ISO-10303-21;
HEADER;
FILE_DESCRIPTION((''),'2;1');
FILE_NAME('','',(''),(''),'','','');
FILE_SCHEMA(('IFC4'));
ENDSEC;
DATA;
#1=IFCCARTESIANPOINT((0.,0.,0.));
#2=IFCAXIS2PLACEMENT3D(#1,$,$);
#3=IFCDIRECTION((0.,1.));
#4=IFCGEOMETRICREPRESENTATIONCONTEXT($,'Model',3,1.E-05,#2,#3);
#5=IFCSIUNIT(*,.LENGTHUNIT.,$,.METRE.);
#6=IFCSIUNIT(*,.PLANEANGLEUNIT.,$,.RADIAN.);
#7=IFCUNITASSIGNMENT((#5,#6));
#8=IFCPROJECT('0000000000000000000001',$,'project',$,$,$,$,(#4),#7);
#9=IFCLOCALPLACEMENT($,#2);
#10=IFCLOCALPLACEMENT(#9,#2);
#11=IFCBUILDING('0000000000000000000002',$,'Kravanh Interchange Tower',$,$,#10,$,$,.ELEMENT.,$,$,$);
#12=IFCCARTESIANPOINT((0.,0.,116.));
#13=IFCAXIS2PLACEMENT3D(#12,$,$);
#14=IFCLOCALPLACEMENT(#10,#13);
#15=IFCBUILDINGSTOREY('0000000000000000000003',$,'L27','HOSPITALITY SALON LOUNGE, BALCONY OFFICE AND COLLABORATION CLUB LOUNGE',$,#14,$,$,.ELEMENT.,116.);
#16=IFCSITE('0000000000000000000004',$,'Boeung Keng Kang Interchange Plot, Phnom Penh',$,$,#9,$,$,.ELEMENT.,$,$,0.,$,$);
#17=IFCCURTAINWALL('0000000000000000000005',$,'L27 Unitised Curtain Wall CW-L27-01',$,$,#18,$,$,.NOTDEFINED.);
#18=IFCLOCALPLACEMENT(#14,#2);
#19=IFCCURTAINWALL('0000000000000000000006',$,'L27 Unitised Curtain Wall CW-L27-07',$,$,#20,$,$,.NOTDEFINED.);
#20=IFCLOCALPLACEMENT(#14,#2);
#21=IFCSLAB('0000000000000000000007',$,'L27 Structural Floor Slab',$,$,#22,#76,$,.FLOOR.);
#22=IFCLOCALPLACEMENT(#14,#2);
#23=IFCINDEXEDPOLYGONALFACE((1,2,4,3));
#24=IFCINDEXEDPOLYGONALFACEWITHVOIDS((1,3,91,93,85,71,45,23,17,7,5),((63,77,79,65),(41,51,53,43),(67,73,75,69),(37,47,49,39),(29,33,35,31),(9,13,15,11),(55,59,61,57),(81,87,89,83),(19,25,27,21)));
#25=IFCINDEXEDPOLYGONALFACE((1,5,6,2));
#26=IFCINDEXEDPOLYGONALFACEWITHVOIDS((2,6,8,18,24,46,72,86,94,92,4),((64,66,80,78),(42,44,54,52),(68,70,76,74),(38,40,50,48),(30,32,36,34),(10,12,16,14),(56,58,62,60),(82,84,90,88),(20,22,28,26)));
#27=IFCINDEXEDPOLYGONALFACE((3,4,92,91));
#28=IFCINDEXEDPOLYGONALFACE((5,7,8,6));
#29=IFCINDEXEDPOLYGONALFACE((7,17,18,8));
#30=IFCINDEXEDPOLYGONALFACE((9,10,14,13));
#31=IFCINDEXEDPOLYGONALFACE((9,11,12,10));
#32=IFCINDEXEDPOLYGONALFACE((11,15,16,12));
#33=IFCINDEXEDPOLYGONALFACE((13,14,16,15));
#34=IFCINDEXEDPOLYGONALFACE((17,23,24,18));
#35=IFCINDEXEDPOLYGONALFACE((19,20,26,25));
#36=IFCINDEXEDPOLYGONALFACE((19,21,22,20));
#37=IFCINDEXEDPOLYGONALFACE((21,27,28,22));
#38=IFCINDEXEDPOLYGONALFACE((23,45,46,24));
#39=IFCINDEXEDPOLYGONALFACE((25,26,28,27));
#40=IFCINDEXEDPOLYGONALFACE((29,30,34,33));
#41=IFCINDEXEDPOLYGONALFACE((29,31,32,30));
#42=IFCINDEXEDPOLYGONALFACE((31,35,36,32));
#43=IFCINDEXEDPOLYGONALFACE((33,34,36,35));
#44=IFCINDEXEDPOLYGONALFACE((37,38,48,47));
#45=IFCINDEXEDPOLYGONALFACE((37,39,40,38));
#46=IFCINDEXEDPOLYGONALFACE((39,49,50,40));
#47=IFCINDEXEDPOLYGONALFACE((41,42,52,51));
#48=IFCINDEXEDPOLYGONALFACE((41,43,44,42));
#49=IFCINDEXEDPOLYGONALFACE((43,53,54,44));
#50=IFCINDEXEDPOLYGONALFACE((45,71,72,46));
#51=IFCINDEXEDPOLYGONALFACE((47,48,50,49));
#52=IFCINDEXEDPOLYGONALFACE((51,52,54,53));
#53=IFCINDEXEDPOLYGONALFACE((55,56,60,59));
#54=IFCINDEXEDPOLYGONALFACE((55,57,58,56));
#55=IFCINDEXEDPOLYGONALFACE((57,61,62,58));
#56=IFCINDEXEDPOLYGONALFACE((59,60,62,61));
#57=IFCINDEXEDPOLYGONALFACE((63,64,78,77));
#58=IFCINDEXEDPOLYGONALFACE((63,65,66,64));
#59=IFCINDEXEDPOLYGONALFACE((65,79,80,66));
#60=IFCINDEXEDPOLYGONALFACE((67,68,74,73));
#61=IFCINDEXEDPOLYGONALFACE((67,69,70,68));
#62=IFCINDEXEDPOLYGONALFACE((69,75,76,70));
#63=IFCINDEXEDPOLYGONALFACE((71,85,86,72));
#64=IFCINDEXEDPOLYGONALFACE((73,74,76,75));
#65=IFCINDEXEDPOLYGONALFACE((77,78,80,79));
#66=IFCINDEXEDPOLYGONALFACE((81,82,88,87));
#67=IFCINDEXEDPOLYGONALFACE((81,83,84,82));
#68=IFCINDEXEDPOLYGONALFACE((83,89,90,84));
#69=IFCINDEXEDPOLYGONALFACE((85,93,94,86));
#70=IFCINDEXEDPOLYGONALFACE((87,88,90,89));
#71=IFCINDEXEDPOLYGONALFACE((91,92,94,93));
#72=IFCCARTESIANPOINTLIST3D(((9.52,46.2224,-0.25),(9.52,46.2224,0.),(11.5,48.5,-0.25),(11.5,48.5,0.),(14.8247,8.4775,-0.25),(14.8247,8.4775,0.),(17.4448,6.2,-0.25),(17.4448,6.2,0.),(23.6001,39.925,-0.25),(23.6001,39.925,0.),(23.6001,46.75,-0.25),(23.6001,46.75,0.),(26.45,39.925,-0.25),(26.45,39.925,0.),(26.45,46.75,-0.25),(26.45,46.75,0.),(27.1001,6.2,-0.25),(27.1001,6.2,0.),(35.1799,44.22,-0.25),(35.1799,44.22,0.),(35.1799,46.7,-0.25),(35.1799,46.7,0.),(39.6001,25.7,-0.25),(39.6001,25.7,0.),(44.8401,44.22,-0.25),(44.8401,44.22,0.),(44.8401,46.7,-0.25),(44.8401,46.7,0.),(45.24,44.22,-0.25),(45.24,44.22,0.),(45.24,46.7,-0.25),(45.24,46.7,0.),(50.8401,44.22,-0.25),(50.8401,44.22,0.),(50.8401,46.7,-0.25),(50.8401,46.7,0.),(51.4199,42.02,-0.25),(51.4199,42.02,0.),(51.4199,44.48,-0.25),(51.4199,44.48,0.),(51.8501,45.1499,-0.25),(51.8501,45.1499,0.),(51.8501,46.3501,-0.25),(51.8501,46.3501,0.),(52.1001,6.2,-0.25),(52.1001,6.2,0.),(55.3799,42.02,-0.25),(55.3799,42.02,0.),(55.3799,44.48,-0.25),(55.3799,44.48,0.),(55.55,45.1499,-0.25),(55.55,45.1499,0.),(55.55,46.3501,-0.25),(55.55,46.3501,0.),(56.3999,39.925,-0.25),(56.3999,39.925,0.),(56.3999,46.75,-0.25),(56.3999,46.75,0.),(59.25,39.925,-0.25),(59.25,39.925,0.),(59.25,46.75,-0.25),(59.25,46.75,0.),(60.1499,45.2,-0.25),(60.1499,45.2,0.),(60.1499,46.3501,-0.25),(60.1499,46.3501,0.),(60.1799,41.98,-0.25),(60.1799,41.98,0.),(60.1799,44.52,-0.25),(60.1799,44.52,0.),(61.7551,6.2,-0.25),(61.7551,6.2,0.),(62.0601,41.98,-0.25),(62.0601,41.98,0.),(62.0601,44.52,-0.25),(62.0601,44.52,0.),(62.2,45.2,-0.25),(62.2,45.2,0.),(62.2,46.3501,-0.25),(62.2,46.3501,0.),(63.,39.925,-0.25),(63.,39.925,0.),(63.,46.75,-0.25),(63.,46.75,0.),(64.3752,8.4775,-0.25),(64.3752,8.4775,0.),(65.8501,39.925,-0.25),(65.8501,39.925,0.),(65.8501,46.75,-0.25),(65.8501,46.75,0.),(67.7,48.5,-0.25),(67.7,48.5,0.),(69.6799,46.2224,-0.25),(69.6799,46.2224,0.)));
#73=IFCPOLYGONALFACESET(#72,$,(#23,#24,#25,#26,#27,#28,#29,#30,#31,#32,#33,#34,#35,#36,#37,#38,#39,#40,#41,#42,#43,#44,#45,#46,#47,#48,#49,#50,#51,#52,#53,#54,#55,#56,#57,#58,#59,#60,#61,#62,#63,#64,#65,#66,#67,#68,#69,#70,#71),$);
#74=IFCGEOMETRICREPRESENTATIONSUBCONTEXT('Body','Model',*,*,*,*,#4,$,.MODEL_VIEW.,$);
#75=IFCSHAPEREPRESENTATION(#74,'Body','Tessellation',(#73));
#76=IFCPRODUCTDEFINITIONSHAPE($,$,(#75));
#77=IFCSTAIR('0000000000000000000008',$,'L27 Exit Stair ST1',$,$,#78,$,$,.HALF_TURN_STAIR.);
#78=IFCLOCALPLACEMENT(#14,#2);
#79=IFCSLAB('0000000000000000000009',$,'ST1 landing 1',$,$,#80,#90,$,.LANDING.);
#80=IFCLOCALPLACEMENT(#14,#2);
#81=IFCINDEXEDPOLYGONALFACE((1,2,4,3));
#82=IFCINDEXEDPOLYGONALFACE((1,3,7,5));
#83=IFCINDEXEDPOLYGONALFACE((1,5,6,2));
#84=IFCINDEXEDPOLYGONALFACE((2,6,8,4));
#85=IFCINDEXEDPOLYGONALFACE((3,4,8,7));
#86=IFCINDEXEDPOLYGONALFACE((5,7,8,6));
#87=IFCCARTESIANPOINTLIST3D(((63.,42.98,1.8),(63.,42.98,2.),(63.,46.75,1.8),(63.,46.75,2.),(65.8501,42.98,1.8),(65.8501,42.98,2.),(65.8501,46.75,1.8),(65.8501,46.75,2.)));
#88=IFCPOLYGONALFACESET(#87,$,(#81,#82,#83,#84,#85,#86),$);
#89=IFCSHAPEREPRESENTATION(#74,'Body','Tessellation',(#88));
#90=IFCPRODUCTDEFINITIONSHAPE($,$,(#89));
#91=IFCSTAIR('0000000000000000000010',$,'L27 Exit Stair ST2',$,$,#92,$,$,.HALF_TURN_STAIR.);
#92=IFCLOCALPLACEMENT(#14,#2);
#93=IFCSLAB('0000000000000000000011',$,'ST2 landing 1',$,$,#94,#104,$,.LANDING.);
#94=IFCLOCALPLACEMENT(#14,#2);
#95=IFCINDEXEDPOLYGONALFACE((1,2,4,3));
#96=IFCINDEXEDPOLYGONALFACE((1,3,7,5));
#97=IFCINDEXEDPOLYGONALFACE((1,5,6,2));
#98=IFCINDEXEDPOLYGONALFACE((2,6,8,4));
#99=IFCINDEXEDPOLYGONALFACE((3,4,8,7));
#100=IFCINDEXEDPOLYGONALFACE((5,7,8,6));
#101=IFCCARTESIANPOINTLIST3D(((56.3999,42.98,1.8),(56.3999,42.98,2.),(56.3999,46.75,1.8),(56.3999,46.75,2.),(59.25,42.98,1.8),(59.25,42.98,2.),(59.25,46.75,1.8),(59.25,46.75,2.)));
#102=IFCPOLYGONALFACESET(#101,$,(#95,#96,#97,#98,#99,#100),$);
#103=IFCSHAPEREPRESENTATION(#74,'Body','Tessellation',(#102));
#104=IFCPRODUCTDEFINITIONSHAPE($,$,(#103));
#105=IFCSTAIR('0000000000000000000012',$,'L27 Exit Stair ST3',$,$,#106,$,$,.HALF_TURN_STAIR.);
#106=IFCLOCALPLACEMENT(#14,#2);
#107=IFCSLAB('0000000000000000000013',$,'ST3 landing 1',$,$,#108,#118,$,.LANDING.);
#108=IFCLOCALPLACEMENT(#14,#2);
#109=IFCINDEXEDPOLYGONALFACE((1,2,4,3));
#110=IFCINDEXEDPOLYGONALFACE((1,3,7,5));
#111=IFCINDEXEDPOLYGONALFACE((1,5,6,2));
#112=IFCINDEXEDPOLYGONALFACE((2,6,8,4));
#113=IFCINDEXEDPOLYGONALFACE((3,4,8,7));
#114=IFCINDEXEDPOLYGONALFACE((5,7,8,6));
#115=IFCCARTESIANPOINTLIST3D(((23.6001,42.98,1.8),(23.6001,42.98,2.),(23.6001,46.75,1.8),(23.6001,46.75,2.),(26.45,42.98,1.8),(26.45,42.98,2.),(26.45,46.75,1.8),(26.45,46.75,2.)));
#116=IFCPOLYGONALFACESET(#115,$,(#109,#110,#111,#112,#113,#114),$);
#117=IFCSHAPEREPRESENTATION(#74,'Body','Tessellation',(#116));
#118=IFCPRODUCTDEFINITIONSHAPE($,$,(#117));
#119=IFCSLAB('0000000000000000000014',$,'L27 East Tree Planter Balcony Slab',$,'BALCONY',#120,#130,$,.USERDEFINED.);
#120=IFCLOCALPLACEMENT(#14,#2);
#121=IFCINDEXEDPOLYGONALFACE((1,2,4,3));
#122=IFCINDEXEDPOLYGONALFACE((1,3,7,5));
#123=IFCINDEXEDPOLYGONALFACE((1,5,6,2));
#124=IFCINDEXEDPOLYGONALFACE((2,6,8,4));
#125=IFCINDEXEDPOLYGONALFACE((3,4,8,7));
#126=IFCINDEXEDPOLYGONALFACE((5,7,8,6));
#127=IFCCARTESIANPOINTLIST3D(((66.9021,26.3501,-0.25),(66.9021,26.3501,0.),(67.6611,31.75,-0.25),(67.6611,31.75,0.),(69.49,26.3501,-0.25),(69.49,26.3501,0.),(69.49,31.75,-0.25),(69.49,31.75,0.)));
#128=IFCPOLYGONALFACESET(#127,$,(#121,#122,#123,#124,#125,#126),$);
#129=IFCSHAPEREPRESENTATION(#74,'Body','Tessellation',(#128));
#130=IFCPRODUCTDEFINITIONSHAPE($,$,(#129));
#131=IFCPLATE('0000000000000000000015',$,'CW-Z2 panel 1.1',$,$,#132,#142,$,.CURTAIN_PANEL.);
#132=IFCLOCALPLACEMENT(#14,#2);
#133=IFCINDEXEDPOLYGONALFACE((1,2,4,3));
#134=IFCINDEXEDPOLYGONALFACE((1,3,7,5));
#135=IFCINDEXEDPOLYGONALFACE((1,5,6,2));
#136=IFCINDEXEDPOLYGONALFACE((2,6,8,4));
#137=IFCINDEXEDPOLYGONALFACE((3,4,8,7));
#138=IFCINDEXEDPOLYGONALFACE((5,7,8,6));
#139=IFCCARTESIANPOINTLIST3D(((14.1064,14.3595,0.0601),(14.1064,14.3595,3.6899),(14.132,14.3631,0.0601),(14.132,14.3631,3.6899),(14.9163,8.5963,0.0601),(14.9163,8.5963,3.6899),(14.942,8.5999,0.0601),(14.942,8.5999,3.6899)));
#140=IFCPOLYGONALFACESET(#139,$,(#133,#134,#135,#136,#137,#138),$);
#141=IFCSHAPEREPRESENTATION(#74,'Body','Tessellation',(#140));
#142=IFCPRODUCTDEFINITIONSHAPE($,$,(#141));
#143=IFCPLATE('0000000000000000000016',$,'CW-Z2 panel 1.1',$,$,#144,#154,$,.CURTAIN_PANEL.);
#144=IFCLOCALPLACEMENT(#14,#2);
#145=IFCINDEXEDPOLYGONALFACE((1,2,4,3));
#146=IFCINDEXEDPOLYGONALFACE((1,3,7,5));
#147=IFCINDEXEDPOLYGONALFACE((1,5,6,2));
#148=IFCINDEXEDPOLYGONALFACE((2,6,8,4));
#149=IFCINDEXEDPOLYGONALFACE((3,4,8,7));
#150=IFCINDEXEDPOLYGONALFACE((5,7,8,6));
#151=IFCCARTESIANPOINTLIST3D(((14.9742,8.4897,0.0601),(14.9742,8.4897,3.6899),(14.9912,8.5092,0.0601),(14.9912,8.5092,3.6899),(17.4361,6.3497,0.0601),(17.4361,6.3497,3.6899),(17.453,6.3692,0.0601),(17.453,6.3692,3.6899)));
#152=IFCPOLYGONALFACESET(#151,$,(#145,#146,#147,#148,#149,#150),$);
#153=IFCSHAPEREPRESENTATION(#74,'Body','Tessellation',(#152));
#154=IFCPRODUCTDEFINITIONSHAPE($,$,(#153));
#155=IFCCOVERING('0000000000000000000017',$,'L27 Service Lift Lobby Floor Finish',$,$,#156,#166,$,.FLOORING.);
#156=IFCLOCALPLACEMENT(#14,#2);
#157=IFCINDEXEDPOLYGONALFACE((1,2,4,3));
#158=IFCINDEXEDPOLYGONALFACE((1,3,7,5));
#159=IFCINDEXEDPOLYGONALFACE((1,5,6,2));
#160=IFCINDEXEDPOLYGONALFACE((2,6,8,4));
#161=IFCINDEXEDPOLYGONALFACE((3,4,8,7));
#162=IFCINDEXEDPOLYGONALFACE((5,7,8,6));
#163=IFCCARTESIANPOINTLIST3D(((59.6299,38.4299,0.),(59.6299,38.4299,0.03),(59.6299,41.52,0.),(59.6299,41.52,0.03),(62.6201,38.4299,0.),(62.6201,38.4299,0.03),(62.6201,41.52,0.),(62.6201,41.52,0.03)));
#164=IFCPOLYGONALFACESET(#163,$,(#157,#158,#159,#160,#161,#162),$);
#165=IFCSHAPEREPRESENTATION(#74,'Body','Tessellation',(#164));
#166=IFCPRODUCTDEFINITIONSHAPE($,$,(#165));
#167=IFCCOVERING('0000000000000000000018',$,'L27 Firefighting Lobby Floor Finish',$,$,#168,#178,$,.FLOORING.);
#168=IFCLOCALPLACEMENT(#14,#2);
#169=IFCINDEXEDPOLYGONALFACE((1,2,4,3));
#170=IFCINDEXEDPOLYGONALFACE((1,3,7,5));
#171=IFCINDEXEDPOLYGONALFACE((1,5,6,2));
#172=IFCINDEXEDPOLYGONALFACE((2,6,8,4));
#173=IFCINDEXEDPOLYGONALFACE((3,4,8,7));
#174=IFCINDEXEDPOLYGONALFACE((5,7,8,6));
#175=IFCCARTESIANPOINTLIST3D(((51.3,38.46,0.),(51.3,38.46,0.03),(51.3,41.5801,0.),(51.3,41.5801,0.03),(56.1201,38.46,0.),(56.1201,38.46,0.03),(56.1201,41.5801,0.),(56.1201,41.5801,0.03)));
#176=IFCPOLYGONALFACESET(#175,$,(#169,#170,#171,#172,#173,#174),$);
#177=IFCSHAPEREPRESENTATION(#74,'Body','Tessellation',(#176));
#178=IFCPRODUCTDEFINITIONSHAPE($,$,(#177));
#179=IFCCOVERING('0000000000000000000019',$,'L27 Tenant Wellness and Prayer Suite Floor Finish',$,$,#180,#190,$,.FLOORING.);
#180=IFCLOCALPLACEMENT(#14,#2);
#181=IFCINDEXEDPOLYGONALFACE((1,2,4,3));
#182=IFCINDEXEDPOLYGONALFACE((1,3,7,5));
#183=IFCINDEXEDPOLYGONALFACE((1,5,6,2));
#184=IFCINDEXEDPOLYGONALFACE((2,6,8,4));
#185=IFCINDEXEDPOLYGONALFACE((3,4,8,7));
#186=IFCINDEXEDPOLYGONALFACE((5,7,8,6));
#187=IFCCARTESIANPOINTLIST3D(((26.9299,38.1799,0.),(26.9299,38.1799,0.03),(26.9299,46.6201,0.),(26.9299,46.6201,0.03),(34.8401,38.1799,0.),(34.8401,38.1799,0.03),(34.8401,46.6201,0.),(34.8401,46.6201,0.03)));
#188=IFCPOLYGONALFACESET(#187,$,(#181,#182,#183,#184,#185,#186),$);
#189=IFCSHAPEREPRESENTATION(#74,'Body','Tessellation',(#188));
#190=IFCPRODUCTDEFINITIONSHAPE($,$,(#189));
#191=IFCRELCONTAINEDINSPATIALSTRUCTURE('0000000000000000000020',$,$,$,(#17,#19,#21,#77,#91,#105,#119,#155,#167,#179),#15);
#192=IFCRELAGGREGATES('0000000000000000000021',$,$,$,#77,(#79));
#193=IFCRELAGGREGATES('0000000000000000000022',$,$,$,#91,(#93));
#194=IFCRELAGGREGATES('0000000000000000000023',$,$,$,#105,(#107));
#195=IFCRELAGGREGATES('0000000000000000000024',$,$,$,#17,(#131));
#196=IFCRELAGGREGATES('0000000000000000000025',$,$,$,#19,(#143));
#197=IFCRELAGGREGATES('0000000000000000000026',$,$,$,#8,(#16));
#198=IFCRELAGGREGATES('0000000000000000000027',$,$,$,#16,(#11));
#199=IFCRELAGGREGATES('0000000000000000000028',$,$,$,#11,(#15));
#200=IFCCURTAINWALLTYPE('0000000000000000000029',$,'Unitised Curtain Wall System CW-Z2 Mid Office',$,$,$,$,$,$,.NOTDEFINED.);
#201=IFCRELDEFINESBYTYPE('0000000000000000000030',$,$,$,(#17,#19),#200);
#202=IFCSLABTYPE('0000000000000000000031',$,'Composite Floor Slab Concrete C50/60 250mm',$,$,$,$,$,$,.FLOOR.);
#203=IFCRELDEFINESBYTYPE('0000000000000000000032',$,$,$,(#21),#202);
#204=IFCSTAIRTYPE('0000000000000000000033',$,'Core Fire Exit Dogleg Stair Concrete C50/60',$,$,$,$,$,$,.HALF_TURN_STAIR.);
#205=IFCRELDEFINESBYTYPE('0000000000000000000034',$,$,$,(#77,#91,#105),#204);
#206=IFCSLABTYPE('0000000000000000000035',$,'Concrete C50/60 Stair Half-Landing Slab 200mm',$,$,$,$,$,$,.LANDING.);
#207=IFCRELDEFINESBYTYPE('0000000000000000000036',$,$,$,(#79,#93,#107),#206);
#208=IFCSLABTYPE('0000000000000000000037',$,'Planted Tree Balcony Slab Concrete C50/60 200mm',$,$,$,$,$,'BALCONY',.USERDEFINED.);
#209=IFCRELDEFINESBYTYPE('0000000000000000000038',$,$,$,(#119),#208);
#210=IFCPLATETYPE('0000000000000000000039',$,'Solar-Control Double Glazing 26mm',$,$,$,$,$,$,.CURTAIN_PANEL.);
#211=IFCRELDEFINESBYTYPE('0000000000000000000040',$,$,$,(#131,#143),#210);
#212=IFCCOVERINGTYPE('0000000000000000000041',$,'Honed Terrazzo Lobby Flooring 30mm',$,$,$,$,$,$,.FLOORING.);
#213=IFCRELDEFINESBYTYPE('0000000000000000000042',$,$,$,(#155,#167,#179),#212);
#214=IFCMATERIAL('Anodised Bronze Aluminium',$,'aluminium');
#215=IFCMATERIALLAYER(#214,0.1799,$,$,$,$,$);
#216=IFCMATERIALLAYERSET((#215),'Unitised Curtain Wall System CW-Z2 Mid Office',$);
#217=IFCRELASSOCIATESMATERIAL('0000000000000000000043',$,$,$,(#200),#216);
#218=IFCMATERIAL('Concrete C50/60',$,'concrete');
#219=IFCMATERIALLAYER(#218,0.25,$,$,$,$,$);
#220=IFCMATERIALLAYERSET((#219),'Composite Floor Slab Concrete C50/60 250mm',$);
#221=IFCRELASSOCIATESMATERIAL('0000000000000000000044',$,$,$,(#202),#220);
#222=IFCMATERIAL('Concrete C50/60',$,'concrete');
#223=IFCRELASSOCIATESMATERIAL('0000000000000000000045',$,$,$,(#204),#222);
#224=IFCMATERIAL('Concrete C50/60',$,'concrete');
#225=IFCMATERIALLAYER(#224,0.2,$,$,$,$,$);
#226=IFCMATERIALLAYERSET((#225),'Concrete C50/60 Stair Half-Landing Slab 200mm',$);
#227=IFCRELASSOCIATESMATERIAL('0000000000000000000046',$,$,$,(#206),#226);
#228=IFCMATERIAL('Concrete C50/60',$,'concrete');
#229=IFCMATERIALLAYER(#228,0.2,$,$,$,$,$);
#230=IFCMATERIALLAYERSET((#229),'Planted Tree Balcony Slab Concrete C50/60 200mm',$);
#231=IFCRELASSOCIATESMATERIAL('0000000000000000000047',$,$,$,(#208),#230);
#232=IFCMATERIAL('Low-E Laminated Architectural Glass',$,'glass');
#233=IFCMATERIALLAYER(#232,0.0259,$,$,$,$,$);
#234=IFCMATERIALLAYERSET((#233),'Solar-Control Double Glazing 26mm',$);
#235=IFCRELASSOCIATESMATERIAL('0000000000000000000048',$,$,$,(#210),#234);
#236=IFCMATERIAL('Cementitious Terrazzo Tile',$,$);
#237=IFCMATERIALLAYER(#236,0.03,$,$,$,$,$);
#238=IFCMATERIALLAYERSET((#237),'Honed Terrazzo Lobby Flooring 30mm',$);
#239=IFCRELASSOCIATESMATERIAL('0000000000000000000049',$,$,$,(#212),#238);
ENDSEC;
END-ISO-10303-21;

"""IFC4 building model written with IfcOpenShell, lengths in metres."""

from ifc_helpers import new_model, si_unit, direction, frame, origin, origin_2d, place, context, subcontext, project, spatial, polyline, rectangle, outline, extrude, material, layer, layer_set, type_object, element, aggregate, save


model = new_model("IFC4")

# Units and contexts
model_context = context("Model", 3, precision=1e-05, world=origin(), true_north=direction((0.0, 1.0)))
body_context = subcontext(model_context, "Body", "Model", "MODEL_VIEW")
ifc_project = project(units=[si_unit("LENGTHUNIT", "METRE"), si_unit("PLANEANGLEUNIT", "RADIAN")], contexts=[model_context])

# Site, building, storey
site_placement = place(None, origin())
site = spatial("IfcSite", under=ifc_project, at=site_placement, Name="Boeung Keng Kang Interchange Plot, Phnom Penh", CompositionType="ELEMENT", RefElevation=0.0)
building_placement = place(site_placement, origin())
building = spatial("IfcBuilding", under=site, at=building_placement, Name="Kravanh Interchange Tower", CompositionType="ELEMENT")
storey_placement = place(building_placement, frame((0.0, 0.0, 116.0)))
storey = spatial("IfcBuildingStorey", under=building, at=storey_placement, Name="L27", Description="HOSPITALITY SALON LOUNGE, BALCONY OFFICE AND COLLABORATION CLUB LOUNGE", CompositionType="ELEMENT", Elevation=116.0)

# Curtain walls
ifc_material_1 = material(Name="Anodised Bronze Aluminium", Category="aluminium")
ifc_layer_1 = layer(ifc_material_1, 0.1799)
ifc_layer_set_1 = layer_set([ifc_layer_1], Name="Unitised Curtain Wall System CW-Z2 Mid Office")
curtain_wall_type = type_object("IfcCurtainWallType", Name="Unitised Curtain Wall System CW-Z2 Mid Office", PredefinedType="NOTDEFINED", material=ifc_layer_set_1)
curtain_wall_1_placement = place(storey_placement, origin())
curtain_wall_1 = element("IfcCurtainWall", 1, at=curtain_wall_1_placement, inside=storey, type_object=curtain_wall_type, Name="L27 Unitised Curtain Wall CW-L27-01", PredefinedType="NOTDEFINED")
curtain_wall_2_placement = place(storey_placement, origin())
curtain_wall_2 = element("IfcCurtainWall", 2, at=curtain_wall_2_placement, inside=storey, type_object=curtain_wall_type, Name="L27 Unitised Curtain Wall CW-L27-07", PredefinedType="NOTDEFINED")

# Slab
ifc_material_2 = material(Name="Concrete C50/60", Category="concrete")
ifc_layer_2 = layer(ifc_material_2, 0.25)
ifc_layer_set_2 = layer_set([ifc_layer_2], Name="Composite Floor Slab Concrete C50/60 250mm")
slab_type_1 = type_object("IfcSlabType", Name="Composite Floor Slab Concrete C50/60 250mm", PredefinedType="FLOOR", material=ifc_layer_set_2)
slab_1_placement = place(storey_placement, frame((0.0, 0.0, -0.25)))
element("IfcSlab", 3, at=slab_1_placement, inside=storey, type_object=slab_type_1, Name="L27 Structural Floor Slab", PredefinedType="FLOOR", context=body_context, shape_type="SweptSolid", body=[
    extrude(outline(polyline([(14.8247, 8.4775), (17.4448, 6.2), (27.1001, 6.2), (39.6001, 25.7), (52.1001, 6.2), (61.7551, 6.2), (64.3752, 8.4775), (69.6799, 46.2224), (67.7, 48.5), (11.5, 48.5), (9.52, 46.2224), (14.8247, 8.4775)]), holes=[polyline([(65.8501, 39.925), (65.8501, 46.75), (63.0, 46.75), (63.0, 39.925), (65.8501, 39.925)]), polyline([(59.25, 39.925), (59.25, 46.75), (56.3999, 46.75), (56.3999, 39.925), (59.25, 39.925)]), polyline([(26.45, 39.925), (26.45, 46.75), (23.6001, 46.75), (23.6001, 39.925), (26.45, 39.925)]), polyline([(35.1799, 44.22), (44.8401, 44.22), (44.8401, 46.7), (35.1799, 46.7), (35.1799, 44.22)]), polyline([(45.24, 44.22), (50.8401, 44.22), (50.8401, 46.7), (45.24, 46.7), (45.24, 44.22)]), polyline([(51.4199, 42.02), (55.3799, 42.02), (55.3799, 44.48), (51.4199, 44.48), (51.4199, 42.02)]), polyline([(60.1799, 41.98), (62.0601, 41.98), (62.0601, 44.52), (60.1799, 44.52), (60.1799, 41.98)]), polyline([(60.1499, 45.2), (62.2, 45.2), (62.2, 46.3501), (60.1499, 46.3501), (60.1499, 45.2)]), polyline([(51.8501, 45.1499), (55.55, 45.1499), (55.55, 46.3501), (51.8501, 46.3501), (51.8501, 45.1499)])]), origin(), (0.0, 0.0, 1.0), 0.25),
])

# Stairs, slabs
ifc_material_3 = material(Name="Concrete C50/60", Category="concrete")
stair_type = type_object("IfcStairType", Name="Core Fire Exit Dogleg Stair Concrete C50/60", PredefinedType="HALF_TURN_STAIR", material=ifc_material_3)
stair_1_placement = place(storey_placement, origin())
stair_1 = element("IfcStair", 4, at=stair_1_placement, inside=storey, type_object=stair_type, Name="L27 Exit Stair ST1", PredefinedType="HALF_TURN_STAIR")
ifc_material_4 = material(Name="Concrete C50/60", Category="concrete")
ifc_layer_3 = layer(ifc_material_4, 0.2)
ifc_layer_set_3 = layer_set([ifc_layer_3], Name="Concrete C50/60 Stair Half-Landing Slab 200mm")
slab_type_2 = type_object("IfcSlabType", Name="Concrete C50/60 Stair Half-Landing Slab 200mm", PredefinedType="LANDING", material=ifc_layer_set_3)
slab_2_placement = place(storey_placement, frame((0.0, 0.0, 1.8)))
slab_2 = element("IfcSlab", 5, at=slab_2_placement, type_object=slab_type_2, Name="ST1 landing 1", PredefinedType="LANDING", context=body_context, shape_type="SweptSolid", body=[
    extrude(outline(polyline([(65.8501, 42.98), (65.8501, 46.75), (63.0, 46.75), (63.0, 42.98), (65.8501, 42.98)])), origin(), (0.0, 0.0, 1.0), 0.2),
])
aggregate(stair_1, [slab_2])
stair_2_placement = place(storey_placement, origin())
stair_2 = element("IfcStair", 6, at=stair_2_placement, inside=storey, type_object=stair_type, Name="L27 Exit Stair ST2", PredefinedType="HALF_TURN_STAIR")
slab_3_placement = place(storey_placement, frame((0.0, 0.0, 1.8)))
slab_3 = element("IfcSlab", 7, at=slab_3_placement, type_object=slab_type_2, Name="ST2 landing 1", PredefinedType="LANDING", context=body_context, shape_type="SweptSolid", body=[
    extrude(outline(polyline([(59.25, 42.98), (59.25, 46.75), (56.3999, 46.75), (56.3999, 42.98), (59.25, 42.98)])), origin(), (0.0, 0.0, 1.0), 0.2),
])
aggregate(stair_2, [slab_3])
stair_3_placement = place(storey_placement, origin())
stair_3 = element("IfcStair", 8, at=stair_3_placement, inside=storey, type_object=stair_type, Name="L27 Exit Stair ST3", PredefinedType="HALF_TURN_STAIR")
slab_4_placement = place(storey_placement, frame((0.0, 0.0, 1.8)))
slab_4 = element("IfcSlab", 9, at=slab_4_placement, type_object=slab_type_2, Name="ST3 landing 1", PredefinedType="LANDING", context=body_context, shape_type="SweptSolid", body=[
    extrude(outline(polyline([(26.45, 42.98), (26.45, 46.75), (23.6001, 46.75), (23.6001, 42.98), (26.45, 42.98)])), origin(), (0.0, 0.0, 1.0), 0.2),
])
aggregate(stair_3, [slab_4])

# Slab
ifc_material_5 = material(Name="Concrete C50/60", Category="concrete")
ifc_layer_4 = layer(ifc_material_5, 0.2)
ifc_layer_set_4 = layer_set([ifc_layer_4], Name="Planted Tree Balcony Slab Concrete C50/60 200mm")
slab_type_3 = type_object("IfcSlabType", Name="Planted Tree Balcony Slab Concrete C50/60 200mm", ElementType="BALCONY", PredefinedType="USERDEFINED", material=ifc_layer_set_4)
slab_5_placement = place(storey_placement, frame((0.0, 0.0, -0.25)))
element("IfcSlab", 10, at=slab_5_placement, inside=storey, type_object=slab_type_3, Name="L27 East Tree Planter Balcony Slab", ObjectType="BALCONY", PredefinedType="USERDEFINED", context=body_context, shape_type="SweptSolid", body=[
    extrude(outline(polyline([(69.49, 31.75), (69.49, 26.3501), (66.9021, 26.3501), (67.6611, 31.75), (69.49, 31.75)])), origin(), (0.0, 0.0, 1.0), 0.25),
])

# Plates
ifc_material_6 = material(Name="Low-E Laminated Architectural Glass", Category="glass")
ifc_layer_5 = layer(ifc_material_6, 0.0259)
ifc_layer_set_5 = layer_set([ifc_layer_5], Name="Solar-Control Double Glazing 26mm")
plate_type = type_object("IfcPlateType", Name="Solar-Control Double Glazing 26mm", PredefinedType="CURTAIN_PANEL", material=ifc_layer_set_5)
plate_1_placement = place(storey_placement, frame((14.5242, 11.4797, 0.0601), z_axis=(0.0, 0.0, 1.0), x_axis=(-0.139173, 0.990268, 0.0)))
plate_1 = element("IfcPlate", 11, at=plate_1_placement, type_object=plate_type, Name="CW-Z2 panel 1.1", PredefinedType="CURTAIN_PANEL", context=body_context, shape_type="SweptSolid", body=[
    extrude(rectangle(XDim=5.8198, YDim=0.0259, at=origin_2d()), origin(), (0.0, 0.0, 1.0), 3.6299),
])
aggregate(curtain_wall_1, [plate_1])
plate_2_placement = place(storey_placement, frame((16.2136, 7.4294, 0.0601), z_axis=(0.0, 0.0, 1.0), x_axis=(-0.754719, 0.656048, 0.0)))
plate_2 = element("IfcPlate", 12, at=plate_2_placement, type_object=plate_type, Name="CW-Z2 panel 1.1", PredefinedType="CURTAIN_PANEL", context=body_context, shape_type="SweptSolid", body=[
    extrude(rectangle(XDim=3.262, YDim=0.0259, at=origin_2d()), origin(), (0.0, 0.0, 1.0), 3.6299),
])
aggregate(curtain_wall_2, [plate_2])

# Coverings
ifc_material_7 = material(Name="Cementitious Terrazzo Tile")
ifc_layer_6 = layer(ifc_material_7, 0.03)
ifc_layer_set_6 = layer_set([ifc_layer_6], Name="Honed Terrazzo Lobby Flooring 30mm")
covering_type_1 = type_object("IfcCoveringType", Name="Honed Terrazzo Lobby Flooring 30mm", PredefinedType="FLOORING", material=ifc_layer_set_6)
covering_1_placement = place(storey_placement, origin())
element("IfcCovering", 13, at=covering_1_placement, inside=storey, type_object=covering_type_1, Name="L27 Service Lift Lobby Floor Finish", PredefinedType="FLOORING", context=body_context, shape_type="SweptSolid", body=[
    extrude(outline(polyline([(59.6299, 41.52), (62.6201, 41.52), (62.6201, 38.4299), (59.6299, 38.4299), (59.6299, 41.52)])), origin(), (0.0, 0.0, 1.0), 0.03),
])
covering_2_placement = place(storey_placement, origin())
element("IfcCovering", 14, at=covering_2_placement, inside=storey, type_object=covering_type_1, Name="L27 Firefighting Lobby Floor Finish", PredefinedType="FLOORING", context=body_context, shape_type="SweptSolid", body=[
    extrude(outline(polyline([(56.1201, 38.46), (51.3, 38.46), (51.3, 41.5801), (56.1201, 41.5801), (56.1201, 38.46)])), origin(), (0.0, 0.0, 1.0), 0.03),
])
covering_3_placement = place(storey_placement, origin())
element("IfcCovering", 15, at=covering_3_placement, inside=storey, type_object=covering_type_1, Name="L27 Tenant Wellness and Prayer Suite Floor Finish", PredefinedType="FLOORING", context=body_context, shape_type="SweptSolid", body=[
    extrude(outline(polyline([(26.9299, 46.6201), (34.8401, 46.6201), (34.8401, 38.1799), (26.9299, 38.1799), (26.9299, 46.6201)])), origin(), (0.0, 0.0, 1.0), 0.03),
])

save(model, "model.ifc")
